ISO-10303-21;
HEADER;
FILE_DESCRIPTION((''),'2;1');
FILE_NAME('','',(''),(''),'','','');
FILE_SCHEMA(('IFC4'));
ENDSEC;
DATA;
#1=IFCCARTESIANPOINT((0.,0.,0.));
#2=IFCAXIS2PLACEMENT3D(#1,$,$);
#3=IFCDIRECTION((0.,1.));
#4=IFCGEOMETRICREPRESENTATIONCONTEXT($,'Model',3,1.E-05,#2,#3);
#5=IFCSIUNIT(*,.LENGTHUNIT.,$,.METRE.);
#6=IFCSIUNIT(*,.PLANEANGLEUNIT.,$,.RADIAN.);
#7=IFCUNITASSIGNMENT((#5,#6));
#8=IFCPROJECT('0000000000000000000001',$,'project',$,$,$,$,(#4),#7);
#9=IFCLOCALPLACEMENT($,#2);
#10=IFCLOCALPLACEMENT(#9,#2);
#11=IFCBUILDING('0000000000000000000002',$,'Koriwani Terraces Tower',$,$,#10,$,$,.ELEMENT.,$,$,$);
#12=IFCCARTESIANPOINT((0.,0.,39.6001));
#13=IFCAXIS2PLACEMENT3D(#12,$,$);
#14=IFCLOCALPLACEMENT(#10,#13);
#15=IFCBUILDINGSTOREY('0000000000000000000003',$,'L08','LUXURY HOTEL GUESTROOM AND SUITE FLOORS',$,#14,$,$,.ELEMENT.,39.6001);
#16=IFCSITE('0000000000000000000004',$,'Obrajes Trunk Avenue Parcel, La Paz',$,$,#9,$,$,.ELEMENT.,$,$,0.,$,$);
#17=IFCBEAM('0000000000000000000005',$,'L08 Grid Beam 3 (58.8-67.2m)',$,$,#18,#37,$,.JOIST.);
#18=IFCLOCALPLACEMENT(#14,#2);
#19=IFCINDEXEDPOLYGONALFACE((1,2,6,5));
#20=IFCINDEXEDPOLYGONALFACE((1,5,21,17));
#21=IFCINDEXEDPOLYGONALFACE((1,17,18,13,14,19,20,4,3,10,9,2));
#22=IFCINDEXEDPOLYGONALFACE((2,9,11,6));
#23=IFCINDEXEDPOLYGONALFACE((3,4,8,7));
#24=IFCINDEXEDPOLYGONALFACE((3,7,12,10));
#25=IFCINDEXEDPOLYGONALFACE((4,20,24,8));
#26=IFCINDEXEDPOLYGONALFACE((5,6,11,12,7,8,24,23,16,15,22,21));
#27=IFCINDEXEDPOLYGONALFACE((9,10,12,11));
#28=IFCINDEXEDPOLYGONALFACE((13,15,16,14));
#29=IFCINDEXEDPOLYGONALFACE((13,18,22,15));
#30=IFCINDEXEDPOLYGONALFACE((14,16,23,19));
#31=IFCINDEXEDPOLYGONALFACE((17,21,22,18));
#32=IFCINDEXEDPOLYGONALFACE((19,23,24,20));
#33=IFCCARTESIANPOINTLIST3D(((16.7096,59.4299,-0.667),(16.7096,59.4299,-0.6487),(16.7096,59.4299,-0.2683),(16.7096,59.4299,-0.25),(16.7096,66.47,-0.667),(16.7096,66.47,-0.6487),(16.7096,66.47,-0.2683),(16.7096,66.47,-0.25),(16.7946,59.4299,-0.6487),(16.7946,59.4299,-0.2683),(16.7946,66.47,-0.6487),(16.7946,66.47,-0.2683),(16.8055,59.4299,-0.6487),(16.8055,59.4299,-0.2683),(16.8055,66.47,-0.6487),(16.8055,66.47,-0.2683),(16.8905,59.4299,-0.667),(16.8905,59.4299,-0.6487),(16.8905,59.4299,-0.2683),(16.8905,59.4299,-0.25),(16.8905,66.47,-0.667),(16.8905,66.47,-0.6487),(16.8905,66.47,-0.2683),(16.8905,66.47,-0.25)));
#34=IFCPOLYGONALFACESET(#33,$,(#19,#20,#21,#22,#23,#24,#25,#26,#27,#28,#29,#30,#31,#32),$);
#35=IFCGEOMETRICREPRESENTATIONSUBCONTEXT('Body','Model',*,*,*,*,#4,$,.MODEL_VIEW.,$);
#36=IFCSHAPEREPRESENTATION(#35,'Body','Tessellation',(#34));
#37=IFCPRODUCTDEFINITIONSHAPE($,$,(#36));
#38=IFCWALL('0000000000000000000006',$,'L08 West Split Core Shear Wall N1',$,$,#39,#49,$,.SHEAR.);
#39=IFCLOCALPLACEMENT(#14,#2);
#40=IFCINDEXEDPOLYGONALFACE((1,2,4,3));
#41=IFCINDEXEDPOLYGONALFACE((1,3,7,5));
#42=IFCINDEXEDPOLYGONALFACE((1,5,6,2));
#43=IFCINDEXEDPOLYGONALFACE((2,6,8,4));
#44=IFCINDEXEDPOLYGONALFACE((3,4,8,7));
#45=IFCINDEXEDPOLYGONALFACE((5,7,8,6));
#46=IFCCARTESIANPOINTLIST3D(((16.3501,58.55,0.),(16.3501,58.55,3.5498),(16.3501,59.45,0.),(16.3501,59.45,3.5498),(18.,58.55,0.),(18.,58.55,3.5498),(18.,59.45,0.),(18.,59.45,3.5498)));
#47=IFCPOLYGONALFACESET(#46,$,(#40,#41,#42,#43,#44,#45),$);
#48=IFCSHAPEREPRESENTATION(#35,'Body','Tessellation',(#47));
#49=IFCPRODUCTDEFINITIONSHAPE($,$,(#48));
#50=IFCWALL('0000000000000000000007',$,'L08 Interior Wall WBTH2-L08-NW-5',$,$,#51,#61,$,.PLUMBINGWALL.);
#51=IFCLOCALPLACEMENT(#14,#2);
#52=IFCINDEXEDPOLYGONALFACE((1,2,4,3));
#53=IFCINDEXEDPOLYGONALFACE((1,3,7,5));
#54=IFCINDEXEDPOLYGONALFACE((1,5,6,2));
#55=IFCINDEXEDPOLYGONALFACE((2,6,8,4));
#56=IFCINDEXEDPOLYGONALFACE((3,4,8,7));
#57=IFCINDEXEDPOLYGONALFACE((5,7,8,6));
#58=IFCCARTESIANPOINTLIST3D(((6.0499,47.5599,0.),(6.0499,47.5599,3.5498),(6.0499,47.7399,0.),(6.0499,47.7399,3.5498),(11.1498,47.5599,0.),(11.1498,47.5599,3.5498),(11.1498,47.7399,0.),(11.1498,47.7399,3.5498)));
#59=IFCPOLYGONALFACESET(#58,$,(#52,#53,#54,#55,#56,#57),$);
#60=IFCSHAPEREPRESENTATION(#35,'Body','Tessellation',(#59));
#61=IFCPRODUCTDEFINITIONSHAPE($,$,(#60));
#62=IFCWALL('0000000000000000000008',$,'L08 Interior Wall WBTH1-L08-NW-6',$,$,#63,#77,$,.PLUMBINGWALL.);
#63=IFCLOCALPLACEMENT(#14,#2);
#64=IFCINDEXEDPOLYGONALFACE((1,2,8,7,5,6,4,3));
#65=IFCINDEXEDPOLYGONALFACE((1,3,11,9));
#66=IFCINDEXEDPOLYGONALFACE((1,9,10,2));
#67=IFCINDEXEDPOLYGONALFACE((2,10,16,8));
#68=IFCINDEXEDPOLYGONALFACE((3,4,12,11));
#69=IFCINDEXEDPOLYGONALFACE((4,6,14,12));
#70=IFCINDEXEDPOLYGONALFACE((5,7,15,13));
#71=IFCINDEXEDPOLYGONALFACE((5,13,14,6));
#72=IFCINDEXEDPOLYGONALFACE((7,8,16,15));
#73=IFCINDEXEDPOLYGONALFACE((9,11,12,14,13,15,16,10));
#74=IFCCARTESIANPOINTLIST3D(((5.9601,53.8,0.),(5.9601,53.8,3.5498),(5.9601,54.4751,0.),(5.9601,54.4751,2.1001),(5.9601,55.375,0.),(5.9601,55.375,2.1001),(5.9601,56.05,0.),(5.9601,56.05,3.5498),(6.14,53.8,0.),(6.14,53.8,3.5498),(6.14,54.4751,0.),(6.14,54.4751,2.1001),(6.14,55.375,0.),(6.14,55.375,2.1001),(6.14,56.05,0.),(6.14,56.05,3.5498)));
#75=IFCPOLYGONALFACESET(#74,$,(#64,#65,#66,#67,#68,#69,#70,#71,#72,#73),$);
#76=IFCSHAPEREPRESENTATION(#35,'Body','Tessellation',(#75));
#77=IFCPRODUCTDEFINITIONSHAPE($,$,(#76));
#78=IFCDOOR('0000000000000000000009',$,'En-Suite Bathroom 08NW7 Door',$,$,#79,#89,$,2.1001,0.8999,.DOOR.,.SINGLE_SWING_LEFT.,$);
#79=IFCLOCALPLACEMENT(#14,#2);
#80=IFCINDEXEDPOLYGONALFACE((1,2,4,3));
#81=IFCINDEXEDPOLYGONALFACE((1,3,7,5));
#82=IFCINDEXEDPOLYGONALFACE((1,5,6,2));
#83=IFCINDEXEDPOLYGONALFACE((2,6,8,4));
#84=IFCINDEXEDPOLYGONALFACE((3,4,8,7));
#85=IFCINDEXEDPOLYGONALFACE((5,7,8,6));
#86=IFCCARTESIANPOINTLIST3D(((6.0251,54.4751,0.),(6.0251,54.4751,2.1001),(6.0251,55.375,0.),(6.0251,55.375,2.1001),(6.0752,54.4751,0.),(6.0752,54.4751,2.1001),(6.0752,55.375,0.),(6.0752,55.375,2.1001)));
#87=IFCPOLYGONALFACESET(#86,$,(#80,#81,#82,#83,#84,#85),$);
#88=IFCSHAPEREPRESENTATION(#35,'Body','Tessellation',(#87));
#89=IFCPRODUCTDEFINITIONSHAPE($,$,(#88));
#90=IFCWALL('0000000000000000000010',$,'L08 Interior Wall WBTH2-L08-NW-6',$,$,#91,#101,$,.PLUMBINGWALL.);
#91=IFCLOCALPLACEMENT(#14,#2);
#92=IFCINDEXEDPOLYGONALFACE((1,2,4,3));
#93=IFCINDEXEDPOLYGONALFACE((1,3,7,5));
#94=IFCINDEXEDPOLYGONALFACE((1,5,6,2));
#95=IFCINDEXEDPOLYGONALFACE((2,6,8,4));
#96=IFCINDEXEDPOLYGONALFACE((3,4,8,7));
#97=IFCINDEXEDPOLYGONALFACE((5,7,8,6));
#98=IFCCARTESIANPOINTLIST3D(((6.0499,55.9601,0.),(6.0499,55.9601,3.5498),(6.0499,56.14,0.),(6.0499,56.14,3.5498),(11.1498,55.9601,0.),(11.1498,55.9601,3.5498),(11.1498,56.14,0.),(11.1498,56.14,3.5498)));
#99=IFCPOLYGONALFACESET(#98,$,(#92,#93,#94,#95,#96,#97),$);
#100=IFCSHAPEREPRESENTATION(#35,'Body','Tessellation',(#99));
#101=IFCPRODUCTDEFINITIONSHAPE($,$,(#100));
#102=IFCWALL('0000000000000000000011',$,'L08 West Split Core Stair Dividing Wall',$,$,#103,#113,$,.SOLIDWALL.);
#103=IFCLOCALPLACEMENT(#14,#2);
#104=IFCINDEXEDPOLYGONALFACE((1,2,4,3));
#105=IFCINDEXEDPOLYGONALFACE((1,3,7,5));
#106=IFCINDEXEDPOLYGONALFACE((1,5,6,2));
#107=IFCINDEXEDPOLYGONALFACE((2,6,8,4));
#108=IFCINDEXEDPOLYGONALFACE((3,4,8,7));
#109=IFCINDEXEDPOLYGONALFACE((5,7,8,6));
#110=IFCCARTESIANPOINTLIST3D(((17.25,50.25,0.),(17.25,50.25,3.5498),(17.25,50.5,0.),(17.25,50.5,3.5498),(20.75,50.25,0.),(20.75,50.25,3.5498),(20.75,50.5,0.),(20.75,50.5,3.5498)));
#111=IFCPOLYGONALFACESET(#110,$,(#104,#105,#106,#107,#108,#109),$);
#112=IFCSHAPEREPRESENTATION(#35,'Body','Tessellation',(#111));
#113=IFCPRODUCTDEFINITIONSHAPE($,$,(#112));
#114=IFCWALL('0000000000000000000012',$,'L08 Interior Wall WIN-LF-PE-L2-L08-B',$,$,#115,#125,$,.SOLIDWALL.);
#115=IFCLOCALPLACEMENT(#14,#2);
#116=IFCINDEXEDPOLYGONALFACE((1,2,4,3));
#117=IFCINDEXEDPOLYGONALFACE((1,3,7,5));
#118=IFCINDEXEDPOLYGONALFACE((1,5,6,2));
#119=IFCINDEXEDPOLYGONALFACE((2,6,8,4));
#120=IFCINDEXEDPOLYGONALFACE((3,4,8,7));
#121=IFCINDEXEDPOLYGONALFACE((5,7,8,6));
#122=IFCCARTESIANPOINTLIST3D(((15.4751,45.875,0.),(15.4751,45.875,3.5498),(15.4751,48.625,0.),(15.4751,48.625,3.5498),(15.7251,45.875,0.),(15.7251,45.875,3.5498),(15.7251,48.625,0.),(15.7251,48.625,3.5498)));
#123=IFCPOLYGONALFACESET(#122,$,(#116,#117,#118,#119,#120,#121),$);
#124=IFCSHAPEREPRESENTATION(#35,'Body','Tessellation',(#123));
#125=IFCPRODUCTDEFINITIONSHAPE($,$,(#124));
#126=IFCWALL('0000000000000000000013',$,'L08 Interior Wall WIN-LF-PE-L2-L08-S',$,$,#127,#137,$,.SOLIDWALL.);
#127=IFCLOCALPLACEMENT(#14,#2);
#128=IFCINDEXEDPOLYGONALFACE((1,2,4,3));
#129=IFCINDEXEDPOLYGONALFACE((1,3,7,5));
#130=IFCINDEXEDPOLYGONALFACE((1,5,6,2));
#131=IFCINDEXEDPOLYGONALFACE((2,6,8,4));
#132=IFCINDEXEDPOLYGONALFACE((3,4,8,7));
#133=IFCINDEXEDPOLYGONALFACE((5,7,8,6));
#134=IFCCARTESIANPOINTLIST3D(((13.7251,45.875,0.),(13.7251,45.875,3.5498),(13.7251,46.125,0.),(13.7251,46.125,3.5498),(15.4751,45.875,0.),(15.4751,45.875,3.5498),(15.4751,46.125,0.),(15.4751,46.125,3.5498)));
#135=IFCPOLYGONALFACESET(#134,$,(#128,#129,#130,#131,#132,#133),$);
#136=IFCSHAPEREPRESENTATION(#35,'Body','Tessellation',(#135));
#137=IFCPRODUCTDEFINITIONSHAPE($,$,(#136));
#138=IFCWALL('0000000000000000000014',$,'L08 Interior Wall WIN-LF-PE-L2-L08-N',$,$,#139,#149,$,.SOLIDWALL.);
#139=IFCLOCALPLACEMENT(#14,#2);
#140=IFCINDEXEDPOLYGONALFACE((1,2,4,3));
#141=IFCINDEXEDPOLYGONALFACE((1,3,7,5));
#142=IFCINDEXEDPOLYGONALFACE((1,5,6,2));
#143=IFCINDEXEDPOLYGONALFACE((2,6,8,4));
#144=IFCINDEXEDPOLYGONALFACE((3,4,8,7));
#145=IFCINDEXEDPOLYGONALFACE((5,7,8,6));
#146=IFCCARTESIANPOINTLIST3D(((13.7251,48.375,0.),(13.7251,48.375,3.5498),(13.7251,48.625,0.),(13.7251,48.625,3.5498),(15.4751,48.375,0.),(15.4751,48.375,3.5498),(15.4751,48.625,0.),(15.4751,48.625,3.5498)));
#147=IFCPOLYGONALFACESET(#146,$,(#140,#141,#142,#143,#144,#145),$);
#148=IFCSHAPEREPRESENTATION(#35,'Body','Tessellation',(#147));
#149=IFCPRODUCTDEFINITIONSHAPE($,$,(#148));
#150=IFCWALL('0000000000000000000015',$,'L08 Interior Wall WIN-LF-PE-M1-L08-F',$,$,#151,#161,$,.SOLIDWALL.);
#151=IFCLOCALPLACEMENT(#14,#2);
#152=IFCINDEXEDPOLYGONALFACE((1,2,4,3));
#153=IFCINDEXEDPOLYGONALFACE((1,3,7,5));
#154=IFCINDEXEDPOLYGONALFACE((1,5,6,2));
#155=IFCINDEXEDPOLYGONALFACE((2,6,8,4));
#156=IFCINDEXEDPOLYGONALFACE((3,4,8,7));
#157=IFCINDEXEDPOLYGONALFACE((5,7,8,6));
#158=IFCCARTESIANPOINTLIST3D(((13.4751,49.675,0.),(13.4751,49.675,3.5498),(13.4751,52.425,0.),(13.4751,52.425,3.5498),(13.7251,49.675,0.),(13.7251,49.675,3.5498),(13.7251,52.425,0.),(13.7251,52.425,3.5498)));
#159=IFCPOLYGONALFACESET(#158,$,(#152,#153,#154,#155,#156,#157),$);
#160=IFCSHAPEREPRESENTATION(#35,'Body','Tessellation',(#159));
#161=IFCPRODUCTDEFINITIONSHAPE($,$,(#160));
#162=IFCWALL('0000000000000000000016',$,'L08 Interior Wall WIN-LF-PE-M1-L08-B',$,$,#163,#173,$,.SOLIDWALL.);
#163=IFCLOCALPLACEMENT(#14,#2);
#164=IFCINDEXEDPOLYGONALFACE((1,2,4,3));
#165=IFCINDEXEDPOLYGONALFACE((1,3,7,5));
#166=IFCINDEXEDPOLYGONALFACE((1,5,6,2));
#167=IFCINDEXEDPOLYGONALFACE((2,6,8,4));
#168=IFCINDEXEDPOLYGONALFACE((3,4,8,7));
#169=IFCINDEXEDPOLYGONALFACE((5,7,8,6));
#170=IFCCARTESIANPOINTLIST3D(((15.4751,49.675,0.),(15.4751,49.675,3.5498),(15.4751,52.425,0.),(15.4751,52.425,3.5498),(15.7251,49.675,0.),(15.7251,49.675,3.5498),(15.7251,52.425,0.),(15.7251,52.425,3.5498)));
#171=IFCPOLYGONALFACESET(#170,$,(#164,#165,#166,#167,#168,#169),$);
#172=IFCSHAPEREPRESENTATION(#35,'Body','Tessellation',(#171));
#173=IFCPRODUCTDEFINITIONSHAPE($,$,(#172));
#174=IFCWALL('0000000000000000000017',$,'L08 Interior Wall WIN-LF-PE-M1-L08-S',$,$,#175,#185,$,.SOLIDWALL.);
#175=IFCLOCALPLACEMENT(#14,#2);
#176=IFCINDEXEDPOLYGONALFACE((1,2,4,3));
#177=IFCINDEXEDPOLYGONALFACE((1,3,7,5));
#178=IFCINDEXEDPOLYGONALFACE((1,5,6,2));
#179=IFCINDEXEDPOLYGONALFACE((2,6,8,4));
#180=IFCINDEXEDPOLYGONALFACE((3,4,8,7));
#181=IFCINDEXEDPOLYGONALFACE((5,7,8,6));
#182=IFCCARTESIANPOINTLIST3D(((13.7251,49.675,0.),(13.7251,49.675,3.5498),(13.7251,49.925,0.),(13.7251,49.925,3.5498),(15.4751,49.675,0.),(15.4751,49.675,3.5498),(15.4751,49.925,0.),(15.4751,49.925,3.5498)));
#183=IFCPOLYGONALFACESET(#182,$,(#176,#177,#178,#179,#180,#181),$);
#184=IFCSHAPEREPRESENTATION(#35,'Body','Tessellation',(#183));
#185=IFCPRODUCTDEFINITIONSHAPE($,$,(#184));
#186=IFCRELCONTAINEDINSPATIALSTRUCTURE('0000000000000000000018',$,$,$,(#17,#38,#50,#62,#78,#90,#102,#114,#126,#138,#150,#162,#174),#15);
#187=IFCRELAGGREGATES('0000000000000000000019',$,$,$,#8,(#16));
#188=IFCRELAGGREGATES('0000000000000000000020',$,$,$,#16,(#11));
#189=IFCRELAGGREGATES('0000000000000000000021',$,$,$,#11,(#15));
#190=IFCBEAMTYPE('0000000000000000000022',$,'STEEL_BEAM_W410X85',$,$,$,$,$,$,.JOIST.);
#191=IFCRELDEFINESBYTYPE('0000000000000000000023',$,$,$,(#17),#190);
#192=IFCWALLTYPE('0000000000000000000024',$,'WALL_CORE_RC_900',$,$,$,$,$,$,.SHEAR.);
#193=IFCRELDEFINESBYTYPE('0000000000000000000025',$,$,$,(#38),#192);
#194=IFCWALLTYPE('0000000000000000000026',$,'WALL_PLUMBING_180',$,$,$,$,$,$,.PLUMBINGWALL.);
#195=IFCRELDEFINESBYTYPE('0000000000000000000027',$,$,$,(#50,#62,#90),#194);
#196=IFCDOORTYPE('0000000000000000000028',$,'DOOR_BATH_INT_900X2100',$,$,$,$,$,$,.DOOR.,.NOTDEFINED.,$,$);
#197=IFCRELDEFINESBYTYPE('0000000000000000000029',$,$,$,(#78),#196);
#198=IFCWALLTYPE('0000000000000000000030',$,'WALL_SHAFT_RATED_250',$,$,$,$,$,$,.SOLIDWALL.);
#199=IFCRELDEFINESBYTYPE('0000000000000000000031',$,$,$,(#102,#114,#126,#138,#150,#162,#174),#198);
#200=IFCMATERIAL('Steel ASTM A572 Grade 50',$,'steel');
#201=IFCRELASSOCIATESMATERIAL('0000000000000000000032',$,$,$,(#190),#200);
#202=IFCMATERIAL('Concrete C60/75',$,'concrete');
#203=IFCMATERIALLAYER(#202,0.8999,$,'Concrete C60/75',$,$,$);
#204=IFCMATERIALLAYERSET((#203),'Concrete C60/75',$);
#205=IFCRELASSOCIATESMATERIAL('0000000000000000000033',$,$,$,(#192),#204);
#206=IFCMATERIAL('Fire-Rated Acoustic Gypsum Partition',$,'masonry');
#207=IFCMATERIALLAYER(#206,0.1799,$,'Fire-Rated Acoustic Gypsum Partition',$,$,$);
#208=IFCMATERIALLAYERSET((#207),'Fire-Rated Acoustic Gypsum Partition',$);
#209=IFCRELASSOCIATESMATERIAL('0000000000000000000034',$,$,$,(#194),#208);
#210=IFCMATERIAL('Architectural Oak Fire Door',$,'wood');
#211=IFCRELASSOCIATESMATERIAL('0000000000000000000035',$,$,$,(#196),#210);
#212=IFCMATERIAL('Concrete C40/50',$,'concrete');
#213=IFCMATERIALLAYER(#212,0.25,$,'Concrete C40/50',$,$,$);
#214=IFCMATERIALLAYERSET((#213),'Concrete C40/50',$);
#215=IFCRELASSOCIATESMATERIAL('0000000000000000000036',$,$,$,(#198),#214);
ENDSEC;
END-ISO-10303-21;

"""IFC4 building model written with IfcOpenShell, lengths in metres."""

from ifc_helpers import new_model, si_unit, direction, frame, frame_2d, origin, origin_2d, place, context, subcontext, project, spatial, rectangle, i_section, extrude, material, layer, layer_set, material_profile, profile_set, type_object, element, fill, save


model = new_model("IFC4")

# Units and contexts
model_context = context("Model", 3, precision=1e-05, world=origin(), true_north=direction((0.0, 1.0)))
body_context = subcontext(model_context, "Body", "Model", "MODEL_VIEW")
ifc_project = project(units=[si_unit("LENGTHUNIT", "METRE"), si_unit("PLANEANGLEUNIT", "RADIAN")], contexts=[model_context])

# Site, building, storey
site_placement = place(None, origin())
site = spatial("IfcSite", under=ifc_project, at=site_placement, Name="Obrajes Trunk Avenue Parcel, La Paz", CompositionType="ELEMENT", RefElevation=0.0)
building_placement = place(site_placement, origin())
building = spatial("IfcBuilding", under=site, at=building_placement, Name="Koriwani Terraces Tower", CompositionType="ELEMENT")
storey_placement = place(building_placement, frame((0.0, 0.0, 39.6001)))
storey = spatial("IfcBuildingStorey", under=building, at=storey_placement, Name="L08", Description="LUXURY HOTEL GUESTROOM AND SUITE FLOORS", CompositionType="ELEMENT", Elevation=39.6001)

# Shared definitions
ifc_material_1 = material(Name="Concrete C60/75", Category="concrete")

# Beam
ifc_material_2 = material(Name="Concrete C40/50", Category="concrete")
ifc_material_3 = material(Name="Steel ASTM A572 Grade 50", Category="steel")
ifc_material_profile_1 = material_profile(ifc_material_3, i_section(OverallWidth=0.1809, OverallDepth=0.417, WebThickness=0.011, FlangeThickness=0.0183, at=origin_2d()), Name="Steel ASTM A572 Grade 50", Category="LoadBearing")
ifc_profile_set_1 = profile_set([ifc_material_profile_1], Name="Steel ASTM A572 Grade 50")
beam_type_1 = type_object("IfcBeamType", Name="STEEL_BEAM_W410X85", PredefinedType="JOIST", material=ifc_profile_set_1)
beam_1_placement = place(storey_placement, frame((16.8, 59.4299, -0.4585), z_axis=(0.0, 1.0, 0.0), x_axis=(-1.0, 0.0, 0.0)))
element("IfcBeam", 1, at=beam_1_placement, inside=storey, type_object=beam_type_1, Name="L08 Grid Beam 3 (58.8-67.2m)", PredefinedType="JOIST", context=body_context, shape_type="SweptSolid", body=[
    extrude(i_section(OverallWidth=0.1809, OverallDepth=0.417, WebThickness=0.011, FlangeThickness=0.0183, at=origin_2d()), origin(), (0.0, 0.0, 1.0), 7.04),
])

# Walls
ifc_layer_1 = layer(ifc_material_1, 0.8999, Name="Concrete C60/75")
ifc_layer_set_1 = layer_set([ifc_layer_1], Name="Concrete C60/75")
wall_type_1 = type_object("IfcWallType", Name="WALL_CORE_RC_900", PredefinedType="SHEAR", material=ifc_layer_set_1)
wall_1_placement = place(storey_placement, frame((16.3501, 59.0, 0.0), z_axis=(0.0, 0.0, 1.0), x_axis=(1.0, 0.0, 0.0)))
element("IfcWall", 2, at=wall_1_placement, inside=storey, type_object=wall_type_1, Name="L08 West Split Core Shear Wall N1", PredefinedType="SHEAR", context=body_context, shape_type="SweptSolid", body=[
    extrude(rectangle(XDim=1.6499, YDim=0.8999, at=frame_2d((0.825, 0.0))), origin(), (0.0, 0.0, 1.0), 3.5498),
])
ifc_material_4 = material(Name="Fire-Rated Acoustic Gypsum Partition", Category="masonry")
ifc_layer_2 = layer(ifc_material_4, 0.1799, Name="Fire-Rated Acoustic Gypsum Partition")
ifc_layer_set_2 = layer_set([ifc_layer_2], Name="Fire-Rated Acoustic Gypsum Partition")
wall_type_2 = type_object("IfcWallType", Name="WALL_PLUMBING_180", PredefinedType="PLUMBINGWALL", material=ifc_layer_set_2)
wall_2_placement = place(storey_placement, frame((6.05, 47.6499, 0.0), z_axis=(0.0, 0.0, 1.0), x_axis=(1.0, 0.0, 0.0)))
element("IfcWall", 3, at=wall_2_placement, inside=storey, type_object=wall_type_2, Name="L08 Interior Wall WBTH2-L08-NW-5", PredefinedType="PLUMBINGWALL", context=body_context, shape_type="SweptSolid", body=[
    extrude(rectangle(XDim=5.0999, YDim=0.1799, at=frame_2d((2.5498, 0.0))), origin(), (0.0, 0.0, 1.0), 3.5498),
])

# Wall, opening, door
wall_3_placement = place(storey_placement, frame((6.05, 53.8, 0.0), z_axis=(0.0, 0.0, 1.0), x_axis=(0.0, 1.0, 0.0)))
wall_3 = element("IfcWall", 4, at=wall_3_placement, inside=storey, type_object=wall_type_2, Name="L08 Interior Wall WBTH1-L08-NW-6", PredefinedType="PLUMBINGWALL", context=body_context, shape_type="SweptSolid", body=[
    extrude(rectangle(XDim=2.25, YDim=0.1799, at=frame_2d((1.125, 0.0))), origin(), (0.0, 0.0, 1.0), 3.5498),
])
opening_1_placement = place(wall_3_placement, frame((0.675, 0.0, 0.0)))
opening_1 = element("IfcOpeningElement", 5, at=opening_1_placement, cuts=wall_3, PredefinedType="OPENING", context=body_context, shape_type="SweptSolid", body=[
    extrude(rectangle(XDim=0.8999, YDim=2.1001, at=frame_2d((0.45, 1.05))), frame((0.0, 0.1001, 0.0), z_axis=(0.0, -1.0, 0.0), x_axis=(1.0, 0.0, 0.0)), (0.0, 0.0, 1.0), 0.2),
])
ifc_material_5 = material(Name="Architectural Oak Fire Door", Category="wood")
door_type_1 = type_object("IfcDoorType", Name="DOOR_BATH_INT_900X2100", OperationType="NOTDEFINED", PredefinedType="DOOR", material=ifc_material_5)
door_1_placement = place(opening_1_placement, origin())
door_1 = element("IfcDoor", 6, at=door_1_placement, inside=storey, type_object=door_type_1, Name="En-Suite Bathroom 08NW7 Door", OperationType="SINGLE_SWING_LEFT", OverallHeight=2.1001, OverallWidth=0.8999, PredefinedType="DOOR", context=body_context, shape_type="SweptSolid", body=[
    extrude(rectangle(XDim=0.8999, YDim=2.1001, at=frame_2d((0.45, 1.05))), frame((0.0, 0.0249, 0.0), z_axis=(0.0, -1.0, 0.0), x_axis=(1.0, 0.0, 0.0)), (0.0, 0.0, 1.0), 0.05),
])
fill(opening_1, door_1)

# Walls
wall_4_placement = place(storey_placement, frame((6.05, 56.05, 0.0), z_axis=(0.0, 0.0, 1.0), x_axis=(1.0, 0.0, 0.0)))
element("IfcWall", 7, at=wall_4_placement, inside=storey, type_object=wall_type_2, Name="L08 Interior Wall WBTH2-L08-NW-6", PredefinedType="PLUMBINGWALL", context=body_context, shape_type="SweptSolid", body=[
    extrude(rectangle(XDim=5.0999, YDim=0.1799, at=frame_2d((2.5498, 0.0))), origin(), (0.0, 0.0, 1.0), 3.5498),
])
ifc_layer_3 = layer(ifc_material_2, 0.25, Name="Concrete C40/50")
ifc_layer_set_3 = layer_set([ifc_layer_3], Name="Concrete C40/50")
wall_type_3 = type_object("IfcWallType", Name="WALL_SHAFT_RATED_250", PredefinedType="SOLIDWALL", material=ifc_layer_set_3)
wall_5_placement = place(storey_placement, frame((17.25, 50.375, 0.0), z_axis=(0.0, 0.0, 1.0), x_axis=(1.0, 0.0, 0.0)))
element("IfcWall", 8, at=wall_5_placement, inside=storey, type_object=wall_type_3, Name="L08 West Split Core Stair Dividing Wall", PredefinedType="SOLIDWALL", context=body_context, shape_type="SweptSolid", body=[
    extrude(rectangle(XDim=3.5, YDim=0.25, at=frame_2d((1.75, 0.0))), origin(), (0.0, 0.0, 1.0), 3.5498),
])

# Walls
wall_6_placement = place(storey_placement, frame((15.6001, 45.875, 0.0), z_axis=(0.0, 0.0, 1.0), x_axis=(0.0, 1.0, 0.0)))
element("IfcWall", 9, at=wall_6_placement, inside=storey, type_object=wall_type_3, Name="L08 Interior Wall WIN-LF-PE-L2-L08-B", PredefinedType="SOLIDWALL", context=body_context, shape_type="SweptSolid", body=[
    extrude(rectangle(XDim=2.75, YDim=0.25, at=frame_2d((1.375, 0.0))), origin(), (0.0, 0.0, 1.0), 3.5498),
])
for number, where, z_axis, x_axis, name in (
    (10, (13.7251, 46.0, 0.0), (0.0, 0.0, 1.0), (1.0, 0.0, 0.0), "L08 Interior Wall WIN-LF-PE-L2-L08-S"),
    (11, (13.7251, 48.5, 0.0), (0.0, 0.0, 1.0), (1.0, 0.0, 0.0), "L08 Interior Wall WIN-LF-PE-L2-L08-N"),
):
    element("IfcWall", number, at=place(storey_placement, frame(where, z_axis=z_axis, x_axis=x_axis)), inside=storey, type_object=wall_type_3, Name=name, PredefinedType="SOLIDWALL", context=body_context, shape_type="SweptSolid", body=[
        extrude(rectangle(XDim=1.75, YDim=0.25, at=frame_2d((0.875, 0.0))), origin(), (0.0, 0.0, 1.0), 3.5498),
    ])
for number, where, z_axis, x_axis, name in (
    (12, (13.6001, 49.675, 0.0), (0.0, 0.0, 1.0), (0.0, 1.0, 0.0), "L08 Interior Wall WIN-LF-PE-M1-L08-F"),
    (13, (15.6001, 49.675, 0.0), (0.0, 0.0, 1.0), (0.0, 1.0, 0.0), "L08 Interior Wall WIN-LF-PE-M1-L08-B"),
):
    element("IfcWall", number, at=place(storey_placement, frame(where, z_axis=z_axis, x_axis=x_axis)), inside=storey, type_object=wall_type_3, Name=name, PredefinedType="SOLIDWALL", context=body_context, shape_type="SweptSolid", body=[
        extrude(rectangle(XDim=2.75, YDim=0.25, at=frame_2d((1.375, 0.0))), origin(), (0.0, 0.0, 1.0), 3.5498),
    ])
for number, where, z_axis, x_axis, name in (
    (14, (13.7251, 49.8, 0.0), (0.0, 0.0, 1.0), (1.0, 0.0, 0.0), "L08 Interior Wall WIN-LF-PE-M1-L08-S"),
):
    element("IfcWall", number, at=place(storey_placement, frame(where, z_axis=z_axis, x_axis=x_axis)), inside=storey, type_object=wall_type_3, Name=name, PredefinedType="SOLIDWALL", context=body_context, shape_type="SweptSolid", body=[
        extrude(rectangle(XDim=1.75, YDim=0.25, at=frame_2d((0.875, 0.0))), origin(), (0.0, 0.0, 1.0), 3.5498),
    ])

save(model, "model.ifc")
